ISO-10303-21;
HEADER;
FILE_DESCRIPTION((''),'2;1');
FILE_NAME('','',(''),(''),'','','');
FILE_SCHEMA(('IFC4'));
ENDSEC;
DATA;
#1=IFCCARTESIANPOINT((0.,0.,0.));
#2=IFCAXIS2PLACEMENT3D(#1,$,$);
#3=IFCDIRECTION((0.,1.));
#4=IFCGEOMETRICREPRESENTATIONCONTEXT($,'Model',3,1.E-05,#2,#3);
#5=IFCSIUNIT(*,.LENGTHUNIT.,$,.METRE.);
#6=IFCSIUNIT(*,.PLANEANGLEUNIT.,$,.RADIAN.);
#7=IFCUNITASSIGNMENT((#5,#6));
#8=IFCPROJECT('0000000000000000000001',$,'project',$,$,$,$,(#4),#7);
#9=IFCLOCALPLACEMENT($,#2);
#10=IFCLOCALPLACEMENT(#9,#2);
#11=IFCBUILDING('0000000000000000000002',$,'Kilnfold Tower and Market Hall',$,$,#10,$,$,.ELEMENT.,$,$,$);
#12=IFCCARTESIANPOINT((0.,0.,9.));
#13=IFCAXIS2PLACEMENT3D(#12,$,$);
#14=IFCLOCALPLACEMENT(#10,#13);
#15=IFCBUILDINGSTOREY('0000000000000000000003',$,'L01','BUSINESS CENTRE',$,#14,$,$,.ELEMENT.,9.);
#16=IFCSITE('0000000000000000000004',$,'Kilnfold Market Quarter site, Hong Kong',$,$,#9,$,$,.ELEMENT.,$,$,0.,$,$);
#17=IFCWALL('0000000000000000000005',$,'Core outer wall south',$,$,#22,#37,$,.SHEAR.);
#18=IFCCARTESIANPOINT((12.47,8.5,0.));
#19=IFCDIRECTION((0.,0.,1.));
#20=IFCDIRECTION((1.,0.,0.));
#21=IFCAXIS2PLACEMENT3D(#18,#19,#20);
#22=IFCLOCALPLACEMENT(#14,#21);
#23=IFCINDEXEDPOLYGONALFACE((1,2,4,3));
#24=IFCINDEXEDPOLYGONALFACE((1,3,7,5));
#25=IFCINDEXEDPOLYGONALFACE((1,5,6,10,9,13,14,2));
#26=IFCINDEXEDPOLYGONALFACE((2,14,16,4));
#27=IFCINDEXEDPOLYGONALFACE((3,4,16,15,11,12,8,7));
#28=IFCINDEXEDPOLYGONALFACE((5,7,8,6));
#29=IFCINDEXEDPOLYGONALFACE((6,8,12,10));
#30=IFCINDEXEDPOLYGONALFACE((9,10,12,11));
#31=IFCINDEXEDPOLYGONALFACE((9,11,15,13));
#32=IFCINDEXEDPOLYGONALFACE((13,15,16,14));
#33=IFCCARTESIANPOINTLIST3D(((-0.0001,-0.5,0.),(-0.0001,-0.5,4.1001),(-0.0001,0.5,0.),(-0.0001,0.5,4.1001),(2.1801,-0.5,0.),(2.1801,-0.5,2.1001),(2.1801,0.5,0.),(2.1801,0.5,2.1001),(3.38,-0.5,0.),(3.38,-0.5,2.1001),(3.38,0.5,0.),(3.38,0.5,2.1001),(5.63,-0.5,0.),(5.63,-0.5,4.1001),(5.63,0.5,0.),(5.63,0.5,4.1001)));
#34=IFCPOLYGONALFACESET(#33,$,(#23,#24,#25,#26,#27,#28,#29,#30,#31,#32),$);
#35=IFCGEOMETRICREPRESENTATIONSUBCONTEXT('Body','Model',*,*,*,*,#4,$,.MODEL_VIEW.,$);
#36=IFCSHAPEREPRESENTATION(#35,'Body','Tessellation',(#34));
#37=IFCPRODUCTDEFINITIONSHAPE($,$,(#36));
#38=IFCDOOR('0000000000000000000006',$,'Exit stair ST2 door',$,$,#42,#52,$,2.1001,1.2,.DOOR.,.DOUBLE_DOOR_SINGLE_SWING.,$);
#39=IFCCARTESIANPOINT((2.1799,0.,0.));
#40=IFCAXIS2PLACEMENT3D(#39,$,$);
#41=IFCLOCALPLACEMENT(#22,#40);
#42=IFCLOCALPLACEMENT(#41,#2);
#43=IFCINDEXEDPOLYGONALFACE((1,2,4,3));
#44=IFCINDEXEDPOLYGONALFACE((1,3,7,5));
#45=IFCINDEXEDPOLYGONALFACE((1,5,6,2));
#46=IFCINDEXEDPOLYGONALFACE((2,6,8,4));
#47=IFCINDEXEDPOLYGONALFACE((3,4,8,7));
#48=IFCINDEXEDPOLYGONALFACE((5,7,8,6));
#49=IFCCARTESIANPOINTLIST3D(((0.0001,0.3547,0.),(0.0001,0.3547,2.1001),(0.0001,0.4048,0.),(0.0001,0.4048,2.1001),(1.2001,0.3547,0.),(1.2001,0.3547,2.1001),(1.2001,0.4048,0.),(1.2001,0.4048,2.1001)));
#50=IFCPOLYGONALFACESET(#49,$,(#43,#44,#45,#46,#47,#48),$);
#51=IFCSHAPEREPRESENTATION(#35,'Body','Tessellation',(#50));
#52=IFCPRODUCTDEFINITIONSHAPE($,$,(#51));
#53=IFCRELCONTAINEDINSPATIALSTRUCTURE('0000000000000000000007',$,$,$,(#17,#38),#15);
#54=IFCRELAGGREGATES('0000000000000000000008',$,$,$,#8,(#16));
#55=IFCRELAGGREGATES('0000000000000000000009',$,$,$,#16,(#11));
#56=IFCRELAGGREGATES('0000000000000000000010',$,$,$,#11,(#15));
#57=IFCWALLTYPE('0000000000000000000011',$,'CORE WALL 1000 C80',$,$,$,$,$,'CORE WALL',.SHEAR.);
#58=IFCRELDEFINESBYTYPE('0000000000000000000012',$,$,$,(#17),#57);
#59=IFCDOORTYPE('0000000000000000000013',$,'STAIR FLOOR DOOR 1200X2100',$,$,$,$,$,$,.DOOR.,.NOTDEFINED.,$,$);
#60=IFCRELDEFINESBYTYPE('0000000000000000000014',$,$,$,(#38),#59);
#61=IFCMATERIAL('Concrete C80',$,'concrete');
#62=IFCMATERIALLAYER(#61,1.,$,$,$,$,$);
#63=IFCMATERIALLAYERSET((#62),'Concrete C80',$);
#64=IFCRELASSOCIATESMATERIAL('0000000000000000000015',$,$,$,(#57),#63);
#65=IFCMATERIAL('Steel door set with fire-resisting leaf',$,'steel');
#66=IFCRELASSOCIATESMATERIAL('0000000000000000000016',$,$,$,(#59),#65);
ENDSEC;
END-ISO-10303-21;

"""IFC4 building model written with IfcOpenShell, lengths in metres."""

from ifc_helpers import new_model, si_unit, direction, frame, frame_2d, origin, place, context, subcontext, project, spatial, rectangle, extrude, source, transform, mapped, material, layer, layer_set, type_object, element, fill, save


model = new_model("IFC4")

# Units and contexts
model_context = context("Model", 3, precision=1e-05, world=origin(), true_north=direction((0.0, 1.0)))
body_context = subcontext(model_context, "Body", "Model", "MODEL_VIEW")
ifc_project = project(units=[si_unit("LENGTHUNIT", "METRE"), si_unit("PLANEANGLEUNIT", "RADIAN")], contexts=[model_context])

# Site, building, storey
site_placement = place(None, origin())
site = spatial("IfcSite", under=ifc_project, at=site_placement, Name="Kilnfold Market Quarter site, Hong Kong", CompositionType="ELEMENT", RefElevation=0.0)
building_placement = place(site_placement, origin())
building = spatial("IfcBuilding", under=site, at=building_placement, Name="Kilnfold Tower and Market Hall", CompositionType="ELEMENT")
storey_placement = place(building_placement, frame((0.0, 0.0, 9.0)))
storey = spatial("IfcBuildingStorey", under=building, at=storey_placement, Name="L01", Description="BUSINESS CENTRE", CompositionType="ELEMENT", Elevation=9.0)

# Wall, opening, door
ifc_material_1 = material(Name="Concrete C80", Category="concrete")
ifc_layer_1 = layer(ifc_material_1, 1.0)
ifc_layer_set_1 = layer_set([ifc_layer_1], Name="Concrete C80")
wall_type_1 = type_object("IfcWallType", Name="CORE WALL 1000 C80", ElementType="CORE WALL", PredefinedType="SHEAR", material=ifc_layer_set_1)
shared_shape_1 = source(origin(), body_context, "Body", "SweptSolid", [
    extrude(rectangle(XDim=5.6301, YDim=1.0, at=frame_2d((2.8149, 0.0))), origin(), (0.0, 0.0, 1.0), 4.1001),
])
wall_1_placement = place(storey_placement, frame((12.47, 8.5, 0.0), z_axis=(0.0, 0.0, 1.0), x_axis=(1.0, 0.0, 0.0)))
wall_1 = element("IfcWall", 1, at=wall_1_placement, inside=storey, type_object=wall_type_1, Name="Core outer wall south", PredefinedType="SHEAR", context=body_context, shape_type="MappedRepresentation", body=[
    mapped(shared_shape_1, transform((0.0, 0.0, 0.0))),
])
opening_1_placement = place(wall_1_placement, frame((2.1799, 0.0, 0.0)))
opening_1 = element("IfcOpeningElement", 2, at=opening_1_placement, cuts=wall_1, PredefinedType="OPENING", context=body_context, shape_type="SweptSolid", body=[
    extrude(rectangle(XDim=1.2, YDim=2.1001, at=frame_2d((0.6001, 1.05))), frame((0.0, 0.51, 0.0), z_axis=(0.0, -1.0, 0.0), x_axis=(1.0, 0.0, 0.0)), (0.0, 0.0, 1.0), 1.02),
])
ifc_material_2 = material(Name="Steel door set with fire-resisting leaf", Category="steel")
door_type_1 = type_object("IfcDoorType", Name="STAIR FLOOR DOOR 1200X2100", OperationType="NOTDEFINED", PredefinedType="DOOR", material=ifc_material_2)
door_1_placement = place(opening_1_placement, origin())
door_1 = element("IfcDoor", 3, at=door_1_placement, inside=storey, type_object=door_type_1, Name="Exit stair ST2 door", OperationType="DOUBLE_DOOR_SINGLE_SWING", OverallHeight=2.1001, OverallWidth=1.2, PredefinedType="DOOR", context=body_context, shape_type="SweptSolid", body=[
    extrude(rectangle(XDim=1.2, YDim=2.1001, at=frame_2d((0.6001, 1.05))), frame((0.0, 0.4048, 0.0), z_axis=(0.0, -1.0, 0.0), x_axis=(1.0, 0.0, 0.0)), (0.0, 0.0, 1.0), 0.05),
])
fill(opening_1, door_1)

save(model, "model.ifc")
